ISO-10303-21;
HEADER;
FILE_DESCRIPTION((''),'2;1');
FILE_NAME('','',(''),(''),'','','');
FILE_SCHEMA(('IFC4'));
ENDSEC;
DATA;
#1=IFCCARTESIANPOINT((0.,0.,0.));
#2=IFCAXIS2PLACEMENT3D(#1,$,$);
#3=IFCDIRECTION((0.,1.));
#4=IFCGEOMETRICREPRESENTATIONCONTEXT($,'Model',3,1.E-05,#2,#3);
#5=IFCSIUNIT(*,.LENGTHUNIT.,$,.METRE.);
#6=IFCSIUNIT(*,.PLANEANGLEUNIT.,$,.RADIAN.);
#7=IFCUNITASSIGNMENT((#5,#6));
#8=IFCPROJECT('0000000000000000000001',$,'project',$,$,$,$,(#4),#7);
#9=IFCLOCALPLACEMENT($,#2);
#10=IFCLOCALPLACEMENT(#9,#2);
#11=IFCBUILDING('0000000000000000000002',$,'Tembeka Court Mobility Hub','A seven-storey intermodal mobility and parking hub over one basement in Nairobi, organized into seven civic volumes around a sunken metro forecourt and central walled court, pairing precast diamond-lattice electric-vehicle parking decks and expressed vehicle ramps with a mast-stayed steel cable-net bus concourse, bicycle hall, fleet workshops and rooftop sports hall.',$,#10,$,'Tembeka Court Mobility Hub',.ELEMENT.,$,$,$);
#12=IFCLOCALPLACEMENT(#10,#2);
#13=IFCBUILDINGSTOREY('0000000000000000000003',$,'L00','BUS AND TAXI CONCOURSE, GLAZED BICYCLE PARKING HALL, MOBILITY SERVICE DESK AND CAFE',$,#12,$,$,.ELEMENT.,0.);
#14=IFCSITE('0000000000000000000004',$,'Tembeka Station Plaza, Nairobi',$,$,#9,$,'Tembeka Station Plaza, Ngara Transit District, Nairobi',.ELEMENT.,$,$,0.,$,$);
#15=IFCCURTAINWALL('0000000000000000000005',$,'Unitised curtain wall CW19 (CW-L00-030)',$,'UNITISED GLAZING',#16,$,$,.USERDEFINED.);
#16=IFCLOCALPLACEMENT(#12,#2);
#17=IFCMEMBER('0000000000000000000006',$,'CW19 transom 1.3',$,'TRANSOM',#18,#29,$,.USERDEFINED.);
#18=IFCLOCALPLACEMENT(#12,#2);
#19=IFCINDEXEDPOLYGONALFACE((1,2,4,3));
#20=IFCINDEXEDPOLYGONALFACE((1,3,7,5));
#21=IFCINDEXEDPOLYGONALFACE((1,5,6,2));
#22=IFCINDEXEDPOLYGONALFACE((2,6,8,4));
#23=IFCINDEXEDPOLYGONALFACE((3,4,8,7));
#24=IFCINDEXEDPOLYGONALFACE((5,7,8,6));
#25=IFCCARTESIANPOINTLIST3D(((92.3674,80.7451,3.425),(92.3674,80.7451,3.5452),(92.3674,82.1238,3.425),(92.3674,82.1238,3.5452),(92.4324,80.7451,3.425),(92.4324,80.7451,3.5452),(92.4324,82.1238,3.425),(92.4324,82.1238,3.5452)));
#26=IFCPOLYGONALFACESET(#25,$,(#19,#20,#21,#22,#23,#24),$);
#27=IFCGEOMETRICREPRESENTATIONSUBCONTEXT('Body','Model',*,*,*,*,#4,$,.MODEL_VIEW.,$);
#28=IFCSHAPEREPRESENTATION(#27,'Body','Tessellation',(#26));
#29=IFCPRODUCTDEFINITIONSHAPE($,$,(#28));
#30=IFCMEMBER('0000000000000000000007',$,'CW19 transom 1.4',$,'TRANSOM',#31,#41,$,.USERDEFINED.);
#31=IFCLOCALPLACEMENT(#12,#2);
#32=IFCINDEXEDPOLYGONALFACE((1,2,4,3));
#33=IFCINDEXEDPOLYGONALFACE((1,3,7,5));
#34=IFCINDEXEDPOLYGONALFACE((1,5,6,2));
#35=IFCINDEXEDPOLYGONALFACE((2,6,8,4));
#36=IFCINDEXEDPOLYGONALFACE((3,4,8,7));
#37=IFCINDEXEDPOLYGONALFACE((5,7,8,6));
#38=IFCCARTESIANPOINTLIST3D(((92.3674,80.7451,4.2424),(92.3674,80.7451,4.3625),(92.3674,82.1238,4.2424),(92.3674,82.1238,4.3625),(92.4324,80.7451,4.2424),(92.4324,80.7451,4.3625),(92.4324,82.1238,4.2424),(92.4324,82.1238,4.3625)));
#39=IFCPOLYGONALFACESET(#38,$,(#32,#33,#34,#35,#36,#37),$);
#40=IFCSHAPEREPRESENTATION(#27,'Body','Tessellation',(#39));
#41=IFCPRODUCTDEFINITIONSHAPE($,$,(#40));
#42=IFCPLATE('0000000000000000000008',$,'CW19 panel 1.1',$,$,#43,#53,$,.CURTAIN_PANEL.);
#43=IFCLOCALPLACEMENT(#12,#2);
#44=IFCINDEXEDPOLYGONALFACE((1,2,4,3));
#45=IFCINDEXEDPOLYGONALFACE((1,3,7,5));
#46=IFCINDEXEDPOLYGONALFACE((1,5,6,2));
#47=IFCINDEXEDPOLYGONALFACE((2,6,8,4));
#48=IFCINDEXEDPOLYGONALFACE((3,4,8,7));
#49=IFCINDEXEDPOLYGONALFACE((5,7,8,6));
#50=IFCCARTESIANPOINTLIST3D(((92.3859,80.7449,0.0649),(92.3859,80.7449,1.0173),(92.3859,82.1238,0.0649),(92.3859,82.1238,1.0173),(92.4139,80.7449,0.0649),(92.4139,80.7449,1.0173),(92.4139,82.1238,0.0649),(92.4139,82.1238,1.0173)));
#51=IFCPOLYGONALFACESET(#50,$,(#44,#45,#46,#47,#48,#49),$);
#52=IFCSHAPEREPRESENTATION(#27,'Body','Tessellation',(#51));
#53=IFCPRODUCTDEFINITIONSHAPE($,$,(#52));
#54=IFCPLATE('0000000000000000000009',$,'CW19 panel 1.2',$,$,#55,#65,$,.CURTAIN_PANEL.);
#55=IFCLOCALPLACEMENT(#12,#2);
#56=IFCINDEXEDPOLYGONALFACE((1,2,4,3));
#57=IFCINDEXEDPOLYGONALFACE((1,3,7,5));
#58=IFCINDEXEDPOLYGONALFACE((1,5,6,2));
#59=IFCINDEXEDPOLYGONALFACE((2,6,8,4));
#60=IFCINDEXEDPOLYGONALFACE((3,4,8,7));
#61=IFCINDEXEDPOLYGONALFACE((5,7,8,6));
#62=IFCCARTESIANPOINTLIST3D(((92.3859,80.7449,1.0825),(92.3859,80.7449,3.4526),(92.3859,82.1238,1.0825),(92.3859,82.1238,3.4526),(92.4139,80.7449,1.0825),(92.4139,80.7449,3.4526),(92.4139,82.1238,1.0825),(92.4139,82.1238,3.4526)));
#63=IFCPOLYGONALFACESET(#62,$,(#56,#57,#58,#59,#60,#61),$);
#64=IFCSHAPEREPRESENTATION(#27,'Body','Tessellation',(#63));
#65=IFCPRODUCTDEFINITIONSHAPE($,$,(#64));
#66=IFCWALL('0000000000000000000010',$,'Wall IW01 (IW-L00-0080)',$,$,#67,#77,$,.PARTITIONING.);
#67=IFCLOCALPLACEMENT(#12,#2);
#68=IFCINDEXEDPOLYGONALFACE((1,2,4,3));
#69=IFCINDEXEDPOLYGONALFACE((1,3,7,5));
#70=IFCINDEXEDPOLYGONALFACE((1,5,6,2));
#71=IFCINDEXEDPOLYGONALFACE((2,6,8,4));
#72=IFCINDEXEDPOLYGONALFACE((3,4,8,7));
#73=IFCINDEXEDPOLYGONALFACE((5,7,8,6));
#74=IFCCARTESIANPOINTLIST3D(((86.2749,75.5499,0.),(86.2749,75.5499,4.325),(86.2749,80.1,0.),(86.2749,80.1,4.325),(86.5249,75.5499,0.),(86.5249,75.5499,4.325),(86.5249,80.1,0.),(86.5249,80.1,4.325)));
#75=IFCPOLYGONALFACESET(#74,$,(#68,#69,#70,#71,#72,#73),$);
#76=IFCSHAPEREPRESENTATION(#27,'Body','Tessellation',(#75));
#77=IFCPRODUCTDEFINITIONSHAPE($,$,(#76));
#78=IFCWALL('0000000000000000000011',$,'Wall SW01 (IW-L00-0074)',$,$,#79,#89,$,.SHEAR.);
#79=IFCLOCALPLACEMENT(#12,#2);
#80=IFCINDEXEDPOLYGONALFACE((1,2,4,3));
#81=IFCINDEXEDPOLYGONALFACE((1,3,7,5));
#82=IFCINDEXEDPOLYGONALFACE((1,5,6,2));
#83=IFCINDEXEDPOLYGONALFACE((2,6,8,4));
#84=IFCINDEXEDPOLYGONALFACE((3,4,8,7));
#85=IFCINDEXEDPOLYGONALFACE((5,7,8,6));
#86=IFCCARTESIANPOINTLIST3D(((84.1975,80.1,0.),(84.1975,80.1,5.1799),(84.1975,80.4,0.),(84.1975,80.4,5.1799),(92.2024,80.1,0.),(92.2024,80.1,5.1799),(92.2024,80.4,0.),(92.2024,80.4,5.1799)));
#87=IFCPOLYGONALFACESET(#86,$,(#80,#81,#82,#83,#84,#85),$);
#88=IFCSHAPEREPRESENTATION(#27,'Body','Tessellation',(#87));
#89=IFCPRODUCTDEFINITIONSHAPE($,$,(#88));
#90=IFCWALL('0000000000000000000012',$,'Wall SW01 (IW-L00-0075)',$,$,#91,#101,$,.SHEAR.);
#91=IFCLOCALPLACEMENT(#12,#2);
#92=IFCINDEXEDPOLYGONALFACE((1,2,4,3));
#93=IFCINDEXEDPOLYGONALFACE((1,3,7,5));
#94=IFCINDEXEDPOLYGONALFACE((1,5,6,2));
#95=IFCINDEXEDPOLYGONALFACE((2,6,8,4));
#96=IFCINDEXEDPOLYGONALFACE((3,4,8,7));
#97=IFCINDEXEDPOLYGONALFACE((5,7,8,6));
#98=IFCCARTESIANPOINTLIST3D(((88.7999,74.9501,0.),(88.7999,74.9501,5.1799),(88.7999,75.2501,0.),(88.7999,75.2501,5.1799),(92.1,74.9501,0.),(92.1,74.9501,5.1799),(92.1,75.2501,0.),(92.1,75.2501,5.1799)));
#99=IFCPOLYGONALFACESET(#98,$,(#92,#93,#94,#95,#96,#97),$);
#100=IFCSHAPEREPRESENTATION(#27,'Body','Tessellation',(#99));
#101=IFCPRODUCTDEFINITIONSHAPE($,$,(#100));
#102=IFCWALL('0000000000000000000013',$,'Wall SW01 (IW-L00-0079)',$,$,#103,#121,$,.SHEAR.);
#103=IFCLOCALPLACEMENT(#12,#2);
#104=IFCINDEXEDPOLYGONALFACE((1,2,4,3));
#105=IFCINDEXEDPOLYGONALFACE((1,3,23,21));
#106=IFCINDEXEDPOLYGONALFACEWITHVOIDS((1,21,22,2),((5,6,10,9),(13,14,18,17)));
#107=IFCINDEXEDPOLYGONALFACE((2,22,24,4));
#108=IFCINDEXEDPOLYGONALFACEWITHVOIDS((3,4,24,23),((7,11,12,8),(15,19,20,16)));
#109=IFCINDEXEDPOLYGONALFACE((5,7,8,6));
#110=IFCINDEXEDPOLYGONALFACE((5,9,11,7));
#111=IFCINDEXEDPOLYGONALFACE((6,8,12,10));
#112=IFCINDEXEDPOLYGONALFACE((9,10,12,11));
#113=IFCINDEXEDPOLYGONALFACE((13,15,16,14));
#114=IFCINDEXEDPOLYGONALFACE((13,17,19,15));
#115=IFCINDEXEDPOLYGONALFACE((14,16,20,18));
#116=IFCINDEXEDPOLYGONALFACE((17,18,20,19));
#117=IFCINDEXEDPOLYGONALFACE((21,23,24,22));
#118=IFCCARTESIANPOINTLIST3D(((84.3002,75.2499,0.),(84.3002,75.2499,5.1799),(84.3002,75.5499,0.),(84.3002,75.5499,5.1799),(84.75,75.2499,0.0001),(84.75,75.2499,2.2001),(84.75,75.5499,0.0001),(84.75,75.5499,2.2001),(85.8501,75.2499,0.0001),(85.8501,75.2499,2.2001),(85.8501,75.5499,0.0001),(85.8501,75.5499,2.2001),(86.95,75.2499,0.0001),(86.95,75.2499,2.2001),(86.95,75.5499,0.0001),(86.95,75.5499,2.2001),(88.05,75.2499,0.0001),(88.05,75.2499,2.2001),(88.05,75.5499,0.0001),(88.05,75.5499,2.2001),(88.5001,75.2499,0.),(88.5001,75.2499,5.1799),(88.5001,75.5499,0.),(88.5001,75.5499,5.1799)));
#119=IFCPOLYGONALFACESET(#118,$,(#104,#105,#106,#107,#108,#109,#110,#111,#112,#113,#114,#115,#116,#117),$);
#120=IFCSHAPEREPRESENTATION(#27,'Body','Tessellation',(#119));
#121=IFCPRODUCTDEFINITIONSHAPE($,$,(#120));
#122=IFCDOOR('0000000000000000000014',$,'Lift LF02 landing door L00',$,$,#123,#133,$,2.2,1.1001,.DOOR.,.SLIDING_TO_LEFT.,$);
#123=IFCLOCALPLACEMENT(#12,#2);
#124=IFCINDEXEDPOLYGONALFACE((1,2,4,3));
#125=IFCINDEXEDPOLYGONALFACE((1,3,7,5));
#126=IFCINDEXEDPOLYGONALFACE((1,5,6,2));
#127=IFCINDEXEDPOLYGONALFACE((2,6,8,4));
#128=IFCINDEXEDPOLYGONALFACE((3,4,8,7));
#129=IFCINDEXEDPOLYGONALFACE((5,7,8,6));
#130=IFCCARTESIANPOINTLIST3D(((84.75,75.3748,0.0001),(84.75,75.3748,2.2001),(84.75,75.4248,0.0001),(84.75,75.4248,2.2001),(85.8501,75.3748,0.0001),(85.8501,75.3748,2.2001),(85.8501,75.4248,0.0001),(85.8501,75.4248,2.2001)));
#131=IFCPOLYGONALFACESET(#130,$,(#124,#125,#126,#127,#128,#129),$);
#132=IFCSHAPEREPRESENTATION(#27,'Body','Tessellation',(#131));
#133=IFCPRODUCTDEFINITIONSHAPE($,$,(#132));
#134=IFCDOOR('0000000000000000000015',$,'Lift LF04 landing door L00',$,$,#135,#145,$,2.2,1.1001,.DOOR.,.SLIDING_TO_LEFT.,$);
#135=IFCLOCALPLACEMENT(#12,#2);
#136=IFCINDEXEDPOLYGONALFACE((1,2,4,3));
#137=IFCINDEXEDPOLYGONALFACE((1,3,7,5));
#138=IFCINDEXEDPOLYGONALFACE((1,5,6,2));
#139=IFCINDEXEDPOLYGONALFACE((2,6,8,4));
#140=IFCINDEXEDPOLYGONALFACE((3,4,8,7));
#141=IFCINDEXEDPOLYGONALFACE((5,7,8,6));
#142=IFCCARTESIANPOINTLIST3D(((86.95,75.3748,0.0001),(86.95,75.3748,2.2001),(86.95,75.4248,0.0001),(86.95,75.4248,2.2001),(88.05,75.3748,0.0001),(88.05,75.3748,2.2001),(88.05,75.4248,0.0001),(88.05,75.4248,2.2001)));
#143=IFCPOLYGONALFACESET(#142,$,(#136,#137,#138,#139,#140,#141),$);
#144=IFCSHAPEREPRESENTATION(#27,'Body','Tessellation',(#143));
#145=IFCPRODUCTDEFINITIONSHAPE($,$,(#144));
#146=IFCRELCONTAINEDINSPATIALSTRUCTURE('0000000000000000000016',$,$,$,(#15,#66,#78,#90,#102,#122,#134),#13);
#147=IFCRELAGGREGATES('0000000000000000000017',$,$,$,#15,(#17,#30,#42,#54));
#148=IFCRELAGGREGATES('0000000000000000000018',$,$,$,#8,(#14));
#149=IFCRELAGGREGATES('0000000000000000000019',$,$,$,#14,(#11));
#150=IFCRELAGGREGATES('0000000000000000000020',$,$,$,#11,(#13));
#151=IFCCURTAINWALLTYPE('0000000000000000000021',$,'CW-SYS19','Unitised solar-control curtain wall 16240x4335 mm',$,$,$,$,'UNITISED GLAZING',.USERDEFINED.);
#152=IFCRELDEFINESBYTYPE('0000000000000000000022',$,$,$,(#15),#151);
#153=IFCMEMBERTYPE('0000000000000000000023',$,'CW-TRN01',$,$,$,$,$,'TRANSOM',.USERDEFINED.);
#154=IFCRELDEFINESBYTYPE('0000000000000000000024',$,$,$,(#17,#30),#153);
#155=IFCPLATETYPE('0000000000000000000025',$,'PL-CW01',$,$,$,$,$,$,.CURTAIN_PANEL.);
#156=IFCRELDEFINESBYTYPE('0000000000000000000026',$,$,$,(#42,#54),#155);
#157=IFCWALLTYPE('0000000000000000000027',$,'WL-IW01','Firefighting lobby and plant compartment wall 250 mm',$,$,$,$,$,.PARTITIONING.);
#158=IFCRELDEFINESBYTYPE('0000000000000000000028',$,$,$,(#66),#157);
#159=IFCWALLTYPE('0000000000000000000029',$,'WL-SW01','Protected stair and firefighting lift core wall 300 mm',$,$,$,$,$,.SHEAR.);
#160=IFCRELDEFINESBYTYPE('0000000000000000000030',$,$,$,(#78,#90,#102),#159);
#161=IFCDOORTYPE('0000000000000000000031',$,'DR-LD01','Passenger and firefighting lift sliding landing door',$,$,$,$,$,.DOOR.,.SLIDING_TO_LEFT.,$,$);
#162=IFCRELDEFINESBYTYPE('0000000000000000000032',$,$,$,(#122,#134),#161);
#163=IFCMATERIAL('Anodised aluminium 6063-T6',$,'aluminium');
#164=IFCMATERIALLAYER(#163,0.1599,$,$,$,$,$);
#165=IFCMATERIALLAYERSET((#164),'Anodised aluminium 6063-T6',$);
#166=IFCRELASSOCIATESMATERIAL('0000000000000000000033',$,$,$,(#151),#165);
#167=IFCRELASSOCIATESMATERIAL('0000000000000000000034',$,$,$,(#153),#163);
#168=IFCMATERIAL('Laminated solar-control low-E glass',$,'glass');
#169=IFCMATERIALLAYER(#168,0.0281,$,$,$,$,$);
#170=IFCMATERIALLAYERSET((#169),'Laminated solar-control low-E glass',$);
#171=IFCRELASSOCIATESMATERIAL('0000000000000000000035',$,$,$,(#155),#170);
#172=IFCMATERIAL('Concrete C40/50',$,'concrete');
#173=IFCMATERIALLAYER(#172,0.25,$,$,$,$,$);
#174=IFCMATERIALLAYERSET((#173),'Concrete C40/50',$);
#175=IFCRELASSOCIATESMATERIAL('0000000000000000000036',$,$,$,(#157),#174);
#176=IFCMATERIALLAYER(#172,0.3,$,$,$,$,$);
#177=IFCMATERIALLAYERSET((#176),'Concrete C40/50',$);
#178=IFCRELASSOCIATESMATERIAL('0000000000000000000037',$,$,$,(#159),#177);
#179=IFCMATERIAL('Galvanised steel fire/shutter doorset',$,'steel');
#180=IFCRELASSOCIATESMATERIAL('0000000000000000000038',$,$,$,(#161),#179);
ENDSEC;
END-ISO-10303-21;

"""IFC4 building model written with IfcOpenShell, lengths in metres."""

from ifc_helpers import new_model, si_unit, direction, frame, frame_2d, origin, origin_2d, place, context, subcontext, project, spatial, rectangle, extrude, material, layer, layer_set, material_profile, profile_set, type_object, element, fill, aggregate, save


model = new_model("IFC4")

# Units and contexts
model_context = context("Model", 3, precision=1e-05, world=origin(), true_north=direction((0.0, 1.0)))
body_context = subcontext(model_context, "Body", "Model", "MODEL_VIEW")
ifc_project = project(units=[si_unit("LENGTHUNIT", "METRE"), si_unit("PLANEANGLEUNIT", "RADIAN")], contexts=[model_context])

# Site, building, storey
site_placement = place(None, origin())
site = spatial("IfcSite", under=ifc_project, at=site_placement, Name="Tembeka Station Plaza, Nairobi", LongName="Tembeka Station Plaza, Ngara Transit District, Nairobi", CompositionType="ELEMENT", RefElevation=0.0)
building_placement = place(site_placement, origin())
building = spatial("IfcBuilding", under=site, at=building_placement, Name="Tembeka Court Mobility Hub", Description="A seven-storey intermodal mobility and parking hub over one basement in Nairobi, organized into seven civic volumes around a sunken metro forecourt and central walled court, pairing precast diamond-lattice electric-vehicle parking decks and expressed vehicle ramps with a mast-stayed steel cable-net bus concourse, bicycle hall, fleet workshops and rooftop sports hall.", LongName="Tembeka Court Mobility Hub", CompositionType="ELEMENT")
storey_placement = place(building_placement, origin())
storey = spatial("IfcBuildingStorey", under=building, at=storey_placement, Name="L00", Description="BUS AND TAXI CONCOURSE, GLAZED BICYCLE PARKING HALL, MOBILITY SERVICE DESK AND CAFE", CompositionType="ELEMENT", Elevation=0.0)

# Curtain wall, members, plates
ifc_material_1 = material(Name="Anodised aluminium 6063-T6", Category="aluminium")
ifc_layer_1 = layer(ifc_material_1, 0.1599)
ifc_layer_set_1 = layer_set([ifc_layer_1], Name="Anodised aluminium 6063-T6")
curtain_wall_type = type_object("IfcCurtainWallType", Name="CW-SYS19", Description="Unitised solar-control curtain wall 16240x4335 mm", ElementType="UNITISED GLAZING", PredefinedType="USERDEFINED", material=ifc_layer_set_1)
curtain_wall_placement = place(storey_placement, origin())
curtain_wall = element("IfcCurtainWall", 1, at=curtain_wall_placement, inside=storey, type_object=curtain_wall_type, Name="Unitised curtain wall CW19 (CW-L00-030)", ObjectType="UNITISED GLAZING", PredefinedType="USERDEFINED")
ifc_material_profile_1 = material_profile(ifc_material_1, rectangle(XDim=0.0649, YDim=0.1201, at=origin_2d()), Name="ALU-TRN 65x120")
ifc_profile_set_1 = profile_set([ifc_material_profile_1], Name="Anodised aluminium 6063-T6")
member_type_1 = type_object("IfcMemberType", Name="CW-TRN01", ElementType="TRANSOM", PredefinedType="USERDEFINED", material=ifc_profile_set_1)
member_1_placement = place(storey_placement, frame((92.3999, 80.7451, 3.4851), z_axis=(0.0, 1.0, 0.0), x_axis=(-1.0, 0.0, 0.0)))
member_1 = element("IfcMember", 2, at=member_1_placement, type_object=member_type_1, Name="CW19 transom 1.3", ObjectType="TRANSOM", PredefinedType="USERDEFINED", context=body_context, shape_type="SweptSolid", body=[
    extrude(rectangle(XDim=0.0649, YDim=0.1201, at=origin_2d()), origin(), (0.0, 0.0, 1.0), 1.3787),
])
member_2_placement = place(storey_placement, frame((92.3999, 80.7451, 4.3025), z_axis=(0.0, 1.0, 0.0), x_axis=(-1.0, 0.0, 0.0)))
member_2 = element("IfcMember", 3, at=member_2_placement, type_object=member_type_1, Name="CW19 transom 1.4", ObjectType="TRANSOM", PredefinedType="USERDEFINED", context=body_context, shape_type="SweptSolid", body=[
    extrude(rectangle(XDim=0.0649, YDim=0.1201, at=origin_2d()), origin(), (0.0, 0.0, 1.0), 1.3787),
])
ifc_material_2 = material(Name="Laminated solar-control low-E glass", Category="glass")
ifc_layer_2 = layer(ifc_material_2, 0.0281)
ifc_layer_set_2 = layer_set([ifc_layer_2], Name="Laminated solar-control low-E glass")
plate_type = type_object("IfcPlateType", Name="PL-CW01", PredefinedType="CURTAIN_PANEL", material=ifc_layer_set_2)
plate_1_placement = place(storey_placement, frame((92.3999, 81.4343, 0.0649), z_axis=(0.0, 0.0, 1.0), x_axis=(0.0, 1.0, 0.0)))
plate_1 = element("IfcPlate", 4, at=plate_1_placement, type_object=plate_type, Name="CW19 panel 1.1", PredefinedType="CURTAIN_PANEL", context=body_context, shape_type="SweptSolid", body=[
    extrude(rectangle(XDim=1.3789, YDim=0.0281, at=origin_2d()), origin(), (0.0, 0.0, 1.0), 0.9524),
])
plate_2_placement = place(storey_placement, frame((92.3999, 81.4343, 1.0825), z_axis=(0.0, 0.0, 1.0), x_axis=(0.0, 1.0, 0.0)))
plate_2 = element("IfcPlate", 5, at=plate_2_placement, type_object=plate_type, Name="CW19 panel 1.2", PredefinedType="CURTAIN_PANEL", context=body_context, shape_type="SweptSolid", body=[
    extrude(rectangle(XDim=1.3789, YDim=0.0281, at=origin_2d()), origin(), (0.0, 0.0, 1.0), 2.3701),
])
aggregate(curtain_wall, [member_1, member_2, plate_1, plate_2])

# Walls
ifc_material_3 = material(Name="Concrete C40/50", Category="concrete")
ifc_layer_3 = layer(ifc_material_3, 0.25)
ifc_layer_set_3 = layer_set([ifc_layer_3], Name="Concrete C40/50")
wall_type_1 = type_object("IfcWallType", Name="WL-IW01", Description="Firefighting lobby and plant compartment wall 250 mm", PredefinedType="PARTITIONING", material=ifc_layer_set_3)
wall_1_placement = place(storey_placement, frame((86.3999, 75.55, 0.0), z_axis=(0.0, 0.0, 1.0), x_axis=(0.0, 1.0, 0.0)))
element("IfcWall", 6, at=wall_1_placement, inside=storey, type_object=wall_type_1, Name="Wall IW01 (IW-L00-0080)", PredefinedType="PARTITIONING", context=body_context, shape_type="SweptSolid", body=[
    extrude(rectangle(XDim=4.55, YDim=0.25, at=frame_2d((2.2749, 0.0))), origin(), (0.0, 0.0, 1.0), 4.325),
])
ifc_layer_4 = layer(ifc_material_3, 0.3)
ifc_layer_set_4 = layer_set([ifc_layer_4], Name="Concrete C40/50")
wall_type_2 = type_object("IfcWallType", Name="WL-SW01", Description="Protected stair and firefighting lift core wall 300 mm", PredefinedType="SHEAR", material=ifc_layer_set_4)
wall_2_placement = place(storey_placement, frame((84.1975, 80.25, 0.0), z_axis=(0.0, 0.0, 1.0), x_axis=(1.0, 0.0, 0.0)))
element("IfcWall", 7, at=wall_2_placement, inside=storey, type_object=wall_type_2, Name="Wall SW01 (IW-L00-0074)", PredefinedType="SHEAR", context=body_context, shape_type="SweptSolid", body=[
    extrude(rectangle(XDim=8.0049, YDim=0.3, at=frame_2d((4.0024, 0.0))), origin(), (0.0, 0.0, 1.0), 5.1799),
])
wall_3_placement = place(storey_placement, frame((88.8, 75.1001, 0.0), z_axis=(0.0, 0.0, 1.0), x_axis=(1.0, 0.0, 0.0)))
element("IfcWall", 8, at=wall_3_placement, inside=storey, type_object=wall_type_2, Name="Wall SW01 (IW-L00-0075)", PredefinedType="SHEAR", context=body_context, shape_type="SweptSolid", body=[
    extrude(rectangle(XDim=3.3, YDim=0.3, at=frame_2d((1.6499, 0.0))), origin(), (0.0, 0.0, 1.0), 5.1799),
])

# Wall, openings, doors
wall_4_placement = place(storey_placement, frame((84.3, 75.3999, 0.0), z_axis=(0.0, 0.0, 1.0), x_axis=(1.0, 0.0, 0.0)))
wall_4 = element("IfcWall", 9, at=wall_4_placement, inside=storey, type_object=wall_type_2, Name="Wall SW01 (IW-L00-0079)", PredefinedType="SHEAR", context=body_context, shape_type="SweptSolid", body=[
    extrude(rectangle(XDim=4.2, YDim=0.3, at=frame_2d((2.1001, 0.0))), origin(), (0.0, 0.0, 1.0), 5.1799),
])
opening_1_placement = place(wall_4_placement, frame((0.45, 0.0, 0.0)))
opening_1 = element("IfcOpeningElement", 10, at=opening_1_placement, cuts=wall_4, PredefinedType="OPENING", context=body_context, shape_type="SweptSolid", body=[
    extrude(rectangle(XDim=1.1001, YDim=2.2, at=frame_2d((0.55, 1.1001))), frame((0.0, 0.1602, 0.0), z_axis=(0.0, -1.0, 0.0), x_axis=(1.0, 0.0, 0.0)), (0.0, 0.0, 1.0), 0.3201),
])
opening_2_placement = place(wall_4_placement, frame((2.6499, 0.0, 0.0)))
opening_2 = element("IfcOpeningElement", 11, at=opening_2_placement, cuts=wall_4, PredefinedType="OPENING", context=body_context, shape_type="SweptSolid", body=[
    extrude(rectangle(XDim=1.1001, YDim=2.2, at=frame_2d((0.55, 1.1001))), frame((0.0, 0.1602, 0.0), z_axis=(0.0, -1.0, 0.0), x_axis=(1.0, 0.0, 0.0)), (0.0, 0.0, 1.0), 0.3201),
])
ifc_material_4 = material(Name="Galvanised steel fire/shutter doorset", Category="steel")
door_type = type_object("IfcDoorType", Name="DR-LD01", Description="Passenger and firefighting lift sliding landing door", OperationType="SLIDING_TO_LEFT", PredefinedType="DOOR", material=ifc_material_4)
door_1_placement = place(opening_1_placement, origin())
door_1 = element("IfcDoor", 12, at=door_1_placement, inside=storey, type_object=door_type, Name="Lift LF02 landing door L00", OperationType="SLIDING_TO_LEFT", OverallHeight=2.2, OverallWidth=1.1001, PredefinedType="DOOR", context=body_context, shape_type="SweptSolid", body=[
    extrude(rectangle(XDim=1.1001, YDim=2.2, at=frame_2d((0.55, 1.1001))), frame((0.0, 0.0249, 0.0), z_axis=(0.0, -1.0, 0.0), x_axis=(1.0, 0.0, 0.0)), (0.0, 0.0, 1.0), 0.05),
])
fill(opening_1, door_1)
door_2_placement = place(opening_2_placement, origin())
door_2 = element("IfcDoor", 13, at=door_2_placement, inside=storey, type_object=door_type, Name="Lift LF04 landing door L00", OperationType="SLIDING_TO_LEFT", OverallHeight=2.2, OverallWidth=1.1001, PredefinedType="DOOR", context=body_context, shape_type="SweptSolid", body=[
    extrude(rectangle(XDim=1.1001, YDim=2.2, at=frame_2d((0.55, 1.1001))), frame((0.0, 0.0249, 0.0), z_axis=(0.0, -1.0, 0.0), x_axis=(1.0, 0.0, 0.0)), (0.0, 0.0, 1.0), 0.05),
])
fill(opening_2, door_2)

save(model, "model.ifc")
